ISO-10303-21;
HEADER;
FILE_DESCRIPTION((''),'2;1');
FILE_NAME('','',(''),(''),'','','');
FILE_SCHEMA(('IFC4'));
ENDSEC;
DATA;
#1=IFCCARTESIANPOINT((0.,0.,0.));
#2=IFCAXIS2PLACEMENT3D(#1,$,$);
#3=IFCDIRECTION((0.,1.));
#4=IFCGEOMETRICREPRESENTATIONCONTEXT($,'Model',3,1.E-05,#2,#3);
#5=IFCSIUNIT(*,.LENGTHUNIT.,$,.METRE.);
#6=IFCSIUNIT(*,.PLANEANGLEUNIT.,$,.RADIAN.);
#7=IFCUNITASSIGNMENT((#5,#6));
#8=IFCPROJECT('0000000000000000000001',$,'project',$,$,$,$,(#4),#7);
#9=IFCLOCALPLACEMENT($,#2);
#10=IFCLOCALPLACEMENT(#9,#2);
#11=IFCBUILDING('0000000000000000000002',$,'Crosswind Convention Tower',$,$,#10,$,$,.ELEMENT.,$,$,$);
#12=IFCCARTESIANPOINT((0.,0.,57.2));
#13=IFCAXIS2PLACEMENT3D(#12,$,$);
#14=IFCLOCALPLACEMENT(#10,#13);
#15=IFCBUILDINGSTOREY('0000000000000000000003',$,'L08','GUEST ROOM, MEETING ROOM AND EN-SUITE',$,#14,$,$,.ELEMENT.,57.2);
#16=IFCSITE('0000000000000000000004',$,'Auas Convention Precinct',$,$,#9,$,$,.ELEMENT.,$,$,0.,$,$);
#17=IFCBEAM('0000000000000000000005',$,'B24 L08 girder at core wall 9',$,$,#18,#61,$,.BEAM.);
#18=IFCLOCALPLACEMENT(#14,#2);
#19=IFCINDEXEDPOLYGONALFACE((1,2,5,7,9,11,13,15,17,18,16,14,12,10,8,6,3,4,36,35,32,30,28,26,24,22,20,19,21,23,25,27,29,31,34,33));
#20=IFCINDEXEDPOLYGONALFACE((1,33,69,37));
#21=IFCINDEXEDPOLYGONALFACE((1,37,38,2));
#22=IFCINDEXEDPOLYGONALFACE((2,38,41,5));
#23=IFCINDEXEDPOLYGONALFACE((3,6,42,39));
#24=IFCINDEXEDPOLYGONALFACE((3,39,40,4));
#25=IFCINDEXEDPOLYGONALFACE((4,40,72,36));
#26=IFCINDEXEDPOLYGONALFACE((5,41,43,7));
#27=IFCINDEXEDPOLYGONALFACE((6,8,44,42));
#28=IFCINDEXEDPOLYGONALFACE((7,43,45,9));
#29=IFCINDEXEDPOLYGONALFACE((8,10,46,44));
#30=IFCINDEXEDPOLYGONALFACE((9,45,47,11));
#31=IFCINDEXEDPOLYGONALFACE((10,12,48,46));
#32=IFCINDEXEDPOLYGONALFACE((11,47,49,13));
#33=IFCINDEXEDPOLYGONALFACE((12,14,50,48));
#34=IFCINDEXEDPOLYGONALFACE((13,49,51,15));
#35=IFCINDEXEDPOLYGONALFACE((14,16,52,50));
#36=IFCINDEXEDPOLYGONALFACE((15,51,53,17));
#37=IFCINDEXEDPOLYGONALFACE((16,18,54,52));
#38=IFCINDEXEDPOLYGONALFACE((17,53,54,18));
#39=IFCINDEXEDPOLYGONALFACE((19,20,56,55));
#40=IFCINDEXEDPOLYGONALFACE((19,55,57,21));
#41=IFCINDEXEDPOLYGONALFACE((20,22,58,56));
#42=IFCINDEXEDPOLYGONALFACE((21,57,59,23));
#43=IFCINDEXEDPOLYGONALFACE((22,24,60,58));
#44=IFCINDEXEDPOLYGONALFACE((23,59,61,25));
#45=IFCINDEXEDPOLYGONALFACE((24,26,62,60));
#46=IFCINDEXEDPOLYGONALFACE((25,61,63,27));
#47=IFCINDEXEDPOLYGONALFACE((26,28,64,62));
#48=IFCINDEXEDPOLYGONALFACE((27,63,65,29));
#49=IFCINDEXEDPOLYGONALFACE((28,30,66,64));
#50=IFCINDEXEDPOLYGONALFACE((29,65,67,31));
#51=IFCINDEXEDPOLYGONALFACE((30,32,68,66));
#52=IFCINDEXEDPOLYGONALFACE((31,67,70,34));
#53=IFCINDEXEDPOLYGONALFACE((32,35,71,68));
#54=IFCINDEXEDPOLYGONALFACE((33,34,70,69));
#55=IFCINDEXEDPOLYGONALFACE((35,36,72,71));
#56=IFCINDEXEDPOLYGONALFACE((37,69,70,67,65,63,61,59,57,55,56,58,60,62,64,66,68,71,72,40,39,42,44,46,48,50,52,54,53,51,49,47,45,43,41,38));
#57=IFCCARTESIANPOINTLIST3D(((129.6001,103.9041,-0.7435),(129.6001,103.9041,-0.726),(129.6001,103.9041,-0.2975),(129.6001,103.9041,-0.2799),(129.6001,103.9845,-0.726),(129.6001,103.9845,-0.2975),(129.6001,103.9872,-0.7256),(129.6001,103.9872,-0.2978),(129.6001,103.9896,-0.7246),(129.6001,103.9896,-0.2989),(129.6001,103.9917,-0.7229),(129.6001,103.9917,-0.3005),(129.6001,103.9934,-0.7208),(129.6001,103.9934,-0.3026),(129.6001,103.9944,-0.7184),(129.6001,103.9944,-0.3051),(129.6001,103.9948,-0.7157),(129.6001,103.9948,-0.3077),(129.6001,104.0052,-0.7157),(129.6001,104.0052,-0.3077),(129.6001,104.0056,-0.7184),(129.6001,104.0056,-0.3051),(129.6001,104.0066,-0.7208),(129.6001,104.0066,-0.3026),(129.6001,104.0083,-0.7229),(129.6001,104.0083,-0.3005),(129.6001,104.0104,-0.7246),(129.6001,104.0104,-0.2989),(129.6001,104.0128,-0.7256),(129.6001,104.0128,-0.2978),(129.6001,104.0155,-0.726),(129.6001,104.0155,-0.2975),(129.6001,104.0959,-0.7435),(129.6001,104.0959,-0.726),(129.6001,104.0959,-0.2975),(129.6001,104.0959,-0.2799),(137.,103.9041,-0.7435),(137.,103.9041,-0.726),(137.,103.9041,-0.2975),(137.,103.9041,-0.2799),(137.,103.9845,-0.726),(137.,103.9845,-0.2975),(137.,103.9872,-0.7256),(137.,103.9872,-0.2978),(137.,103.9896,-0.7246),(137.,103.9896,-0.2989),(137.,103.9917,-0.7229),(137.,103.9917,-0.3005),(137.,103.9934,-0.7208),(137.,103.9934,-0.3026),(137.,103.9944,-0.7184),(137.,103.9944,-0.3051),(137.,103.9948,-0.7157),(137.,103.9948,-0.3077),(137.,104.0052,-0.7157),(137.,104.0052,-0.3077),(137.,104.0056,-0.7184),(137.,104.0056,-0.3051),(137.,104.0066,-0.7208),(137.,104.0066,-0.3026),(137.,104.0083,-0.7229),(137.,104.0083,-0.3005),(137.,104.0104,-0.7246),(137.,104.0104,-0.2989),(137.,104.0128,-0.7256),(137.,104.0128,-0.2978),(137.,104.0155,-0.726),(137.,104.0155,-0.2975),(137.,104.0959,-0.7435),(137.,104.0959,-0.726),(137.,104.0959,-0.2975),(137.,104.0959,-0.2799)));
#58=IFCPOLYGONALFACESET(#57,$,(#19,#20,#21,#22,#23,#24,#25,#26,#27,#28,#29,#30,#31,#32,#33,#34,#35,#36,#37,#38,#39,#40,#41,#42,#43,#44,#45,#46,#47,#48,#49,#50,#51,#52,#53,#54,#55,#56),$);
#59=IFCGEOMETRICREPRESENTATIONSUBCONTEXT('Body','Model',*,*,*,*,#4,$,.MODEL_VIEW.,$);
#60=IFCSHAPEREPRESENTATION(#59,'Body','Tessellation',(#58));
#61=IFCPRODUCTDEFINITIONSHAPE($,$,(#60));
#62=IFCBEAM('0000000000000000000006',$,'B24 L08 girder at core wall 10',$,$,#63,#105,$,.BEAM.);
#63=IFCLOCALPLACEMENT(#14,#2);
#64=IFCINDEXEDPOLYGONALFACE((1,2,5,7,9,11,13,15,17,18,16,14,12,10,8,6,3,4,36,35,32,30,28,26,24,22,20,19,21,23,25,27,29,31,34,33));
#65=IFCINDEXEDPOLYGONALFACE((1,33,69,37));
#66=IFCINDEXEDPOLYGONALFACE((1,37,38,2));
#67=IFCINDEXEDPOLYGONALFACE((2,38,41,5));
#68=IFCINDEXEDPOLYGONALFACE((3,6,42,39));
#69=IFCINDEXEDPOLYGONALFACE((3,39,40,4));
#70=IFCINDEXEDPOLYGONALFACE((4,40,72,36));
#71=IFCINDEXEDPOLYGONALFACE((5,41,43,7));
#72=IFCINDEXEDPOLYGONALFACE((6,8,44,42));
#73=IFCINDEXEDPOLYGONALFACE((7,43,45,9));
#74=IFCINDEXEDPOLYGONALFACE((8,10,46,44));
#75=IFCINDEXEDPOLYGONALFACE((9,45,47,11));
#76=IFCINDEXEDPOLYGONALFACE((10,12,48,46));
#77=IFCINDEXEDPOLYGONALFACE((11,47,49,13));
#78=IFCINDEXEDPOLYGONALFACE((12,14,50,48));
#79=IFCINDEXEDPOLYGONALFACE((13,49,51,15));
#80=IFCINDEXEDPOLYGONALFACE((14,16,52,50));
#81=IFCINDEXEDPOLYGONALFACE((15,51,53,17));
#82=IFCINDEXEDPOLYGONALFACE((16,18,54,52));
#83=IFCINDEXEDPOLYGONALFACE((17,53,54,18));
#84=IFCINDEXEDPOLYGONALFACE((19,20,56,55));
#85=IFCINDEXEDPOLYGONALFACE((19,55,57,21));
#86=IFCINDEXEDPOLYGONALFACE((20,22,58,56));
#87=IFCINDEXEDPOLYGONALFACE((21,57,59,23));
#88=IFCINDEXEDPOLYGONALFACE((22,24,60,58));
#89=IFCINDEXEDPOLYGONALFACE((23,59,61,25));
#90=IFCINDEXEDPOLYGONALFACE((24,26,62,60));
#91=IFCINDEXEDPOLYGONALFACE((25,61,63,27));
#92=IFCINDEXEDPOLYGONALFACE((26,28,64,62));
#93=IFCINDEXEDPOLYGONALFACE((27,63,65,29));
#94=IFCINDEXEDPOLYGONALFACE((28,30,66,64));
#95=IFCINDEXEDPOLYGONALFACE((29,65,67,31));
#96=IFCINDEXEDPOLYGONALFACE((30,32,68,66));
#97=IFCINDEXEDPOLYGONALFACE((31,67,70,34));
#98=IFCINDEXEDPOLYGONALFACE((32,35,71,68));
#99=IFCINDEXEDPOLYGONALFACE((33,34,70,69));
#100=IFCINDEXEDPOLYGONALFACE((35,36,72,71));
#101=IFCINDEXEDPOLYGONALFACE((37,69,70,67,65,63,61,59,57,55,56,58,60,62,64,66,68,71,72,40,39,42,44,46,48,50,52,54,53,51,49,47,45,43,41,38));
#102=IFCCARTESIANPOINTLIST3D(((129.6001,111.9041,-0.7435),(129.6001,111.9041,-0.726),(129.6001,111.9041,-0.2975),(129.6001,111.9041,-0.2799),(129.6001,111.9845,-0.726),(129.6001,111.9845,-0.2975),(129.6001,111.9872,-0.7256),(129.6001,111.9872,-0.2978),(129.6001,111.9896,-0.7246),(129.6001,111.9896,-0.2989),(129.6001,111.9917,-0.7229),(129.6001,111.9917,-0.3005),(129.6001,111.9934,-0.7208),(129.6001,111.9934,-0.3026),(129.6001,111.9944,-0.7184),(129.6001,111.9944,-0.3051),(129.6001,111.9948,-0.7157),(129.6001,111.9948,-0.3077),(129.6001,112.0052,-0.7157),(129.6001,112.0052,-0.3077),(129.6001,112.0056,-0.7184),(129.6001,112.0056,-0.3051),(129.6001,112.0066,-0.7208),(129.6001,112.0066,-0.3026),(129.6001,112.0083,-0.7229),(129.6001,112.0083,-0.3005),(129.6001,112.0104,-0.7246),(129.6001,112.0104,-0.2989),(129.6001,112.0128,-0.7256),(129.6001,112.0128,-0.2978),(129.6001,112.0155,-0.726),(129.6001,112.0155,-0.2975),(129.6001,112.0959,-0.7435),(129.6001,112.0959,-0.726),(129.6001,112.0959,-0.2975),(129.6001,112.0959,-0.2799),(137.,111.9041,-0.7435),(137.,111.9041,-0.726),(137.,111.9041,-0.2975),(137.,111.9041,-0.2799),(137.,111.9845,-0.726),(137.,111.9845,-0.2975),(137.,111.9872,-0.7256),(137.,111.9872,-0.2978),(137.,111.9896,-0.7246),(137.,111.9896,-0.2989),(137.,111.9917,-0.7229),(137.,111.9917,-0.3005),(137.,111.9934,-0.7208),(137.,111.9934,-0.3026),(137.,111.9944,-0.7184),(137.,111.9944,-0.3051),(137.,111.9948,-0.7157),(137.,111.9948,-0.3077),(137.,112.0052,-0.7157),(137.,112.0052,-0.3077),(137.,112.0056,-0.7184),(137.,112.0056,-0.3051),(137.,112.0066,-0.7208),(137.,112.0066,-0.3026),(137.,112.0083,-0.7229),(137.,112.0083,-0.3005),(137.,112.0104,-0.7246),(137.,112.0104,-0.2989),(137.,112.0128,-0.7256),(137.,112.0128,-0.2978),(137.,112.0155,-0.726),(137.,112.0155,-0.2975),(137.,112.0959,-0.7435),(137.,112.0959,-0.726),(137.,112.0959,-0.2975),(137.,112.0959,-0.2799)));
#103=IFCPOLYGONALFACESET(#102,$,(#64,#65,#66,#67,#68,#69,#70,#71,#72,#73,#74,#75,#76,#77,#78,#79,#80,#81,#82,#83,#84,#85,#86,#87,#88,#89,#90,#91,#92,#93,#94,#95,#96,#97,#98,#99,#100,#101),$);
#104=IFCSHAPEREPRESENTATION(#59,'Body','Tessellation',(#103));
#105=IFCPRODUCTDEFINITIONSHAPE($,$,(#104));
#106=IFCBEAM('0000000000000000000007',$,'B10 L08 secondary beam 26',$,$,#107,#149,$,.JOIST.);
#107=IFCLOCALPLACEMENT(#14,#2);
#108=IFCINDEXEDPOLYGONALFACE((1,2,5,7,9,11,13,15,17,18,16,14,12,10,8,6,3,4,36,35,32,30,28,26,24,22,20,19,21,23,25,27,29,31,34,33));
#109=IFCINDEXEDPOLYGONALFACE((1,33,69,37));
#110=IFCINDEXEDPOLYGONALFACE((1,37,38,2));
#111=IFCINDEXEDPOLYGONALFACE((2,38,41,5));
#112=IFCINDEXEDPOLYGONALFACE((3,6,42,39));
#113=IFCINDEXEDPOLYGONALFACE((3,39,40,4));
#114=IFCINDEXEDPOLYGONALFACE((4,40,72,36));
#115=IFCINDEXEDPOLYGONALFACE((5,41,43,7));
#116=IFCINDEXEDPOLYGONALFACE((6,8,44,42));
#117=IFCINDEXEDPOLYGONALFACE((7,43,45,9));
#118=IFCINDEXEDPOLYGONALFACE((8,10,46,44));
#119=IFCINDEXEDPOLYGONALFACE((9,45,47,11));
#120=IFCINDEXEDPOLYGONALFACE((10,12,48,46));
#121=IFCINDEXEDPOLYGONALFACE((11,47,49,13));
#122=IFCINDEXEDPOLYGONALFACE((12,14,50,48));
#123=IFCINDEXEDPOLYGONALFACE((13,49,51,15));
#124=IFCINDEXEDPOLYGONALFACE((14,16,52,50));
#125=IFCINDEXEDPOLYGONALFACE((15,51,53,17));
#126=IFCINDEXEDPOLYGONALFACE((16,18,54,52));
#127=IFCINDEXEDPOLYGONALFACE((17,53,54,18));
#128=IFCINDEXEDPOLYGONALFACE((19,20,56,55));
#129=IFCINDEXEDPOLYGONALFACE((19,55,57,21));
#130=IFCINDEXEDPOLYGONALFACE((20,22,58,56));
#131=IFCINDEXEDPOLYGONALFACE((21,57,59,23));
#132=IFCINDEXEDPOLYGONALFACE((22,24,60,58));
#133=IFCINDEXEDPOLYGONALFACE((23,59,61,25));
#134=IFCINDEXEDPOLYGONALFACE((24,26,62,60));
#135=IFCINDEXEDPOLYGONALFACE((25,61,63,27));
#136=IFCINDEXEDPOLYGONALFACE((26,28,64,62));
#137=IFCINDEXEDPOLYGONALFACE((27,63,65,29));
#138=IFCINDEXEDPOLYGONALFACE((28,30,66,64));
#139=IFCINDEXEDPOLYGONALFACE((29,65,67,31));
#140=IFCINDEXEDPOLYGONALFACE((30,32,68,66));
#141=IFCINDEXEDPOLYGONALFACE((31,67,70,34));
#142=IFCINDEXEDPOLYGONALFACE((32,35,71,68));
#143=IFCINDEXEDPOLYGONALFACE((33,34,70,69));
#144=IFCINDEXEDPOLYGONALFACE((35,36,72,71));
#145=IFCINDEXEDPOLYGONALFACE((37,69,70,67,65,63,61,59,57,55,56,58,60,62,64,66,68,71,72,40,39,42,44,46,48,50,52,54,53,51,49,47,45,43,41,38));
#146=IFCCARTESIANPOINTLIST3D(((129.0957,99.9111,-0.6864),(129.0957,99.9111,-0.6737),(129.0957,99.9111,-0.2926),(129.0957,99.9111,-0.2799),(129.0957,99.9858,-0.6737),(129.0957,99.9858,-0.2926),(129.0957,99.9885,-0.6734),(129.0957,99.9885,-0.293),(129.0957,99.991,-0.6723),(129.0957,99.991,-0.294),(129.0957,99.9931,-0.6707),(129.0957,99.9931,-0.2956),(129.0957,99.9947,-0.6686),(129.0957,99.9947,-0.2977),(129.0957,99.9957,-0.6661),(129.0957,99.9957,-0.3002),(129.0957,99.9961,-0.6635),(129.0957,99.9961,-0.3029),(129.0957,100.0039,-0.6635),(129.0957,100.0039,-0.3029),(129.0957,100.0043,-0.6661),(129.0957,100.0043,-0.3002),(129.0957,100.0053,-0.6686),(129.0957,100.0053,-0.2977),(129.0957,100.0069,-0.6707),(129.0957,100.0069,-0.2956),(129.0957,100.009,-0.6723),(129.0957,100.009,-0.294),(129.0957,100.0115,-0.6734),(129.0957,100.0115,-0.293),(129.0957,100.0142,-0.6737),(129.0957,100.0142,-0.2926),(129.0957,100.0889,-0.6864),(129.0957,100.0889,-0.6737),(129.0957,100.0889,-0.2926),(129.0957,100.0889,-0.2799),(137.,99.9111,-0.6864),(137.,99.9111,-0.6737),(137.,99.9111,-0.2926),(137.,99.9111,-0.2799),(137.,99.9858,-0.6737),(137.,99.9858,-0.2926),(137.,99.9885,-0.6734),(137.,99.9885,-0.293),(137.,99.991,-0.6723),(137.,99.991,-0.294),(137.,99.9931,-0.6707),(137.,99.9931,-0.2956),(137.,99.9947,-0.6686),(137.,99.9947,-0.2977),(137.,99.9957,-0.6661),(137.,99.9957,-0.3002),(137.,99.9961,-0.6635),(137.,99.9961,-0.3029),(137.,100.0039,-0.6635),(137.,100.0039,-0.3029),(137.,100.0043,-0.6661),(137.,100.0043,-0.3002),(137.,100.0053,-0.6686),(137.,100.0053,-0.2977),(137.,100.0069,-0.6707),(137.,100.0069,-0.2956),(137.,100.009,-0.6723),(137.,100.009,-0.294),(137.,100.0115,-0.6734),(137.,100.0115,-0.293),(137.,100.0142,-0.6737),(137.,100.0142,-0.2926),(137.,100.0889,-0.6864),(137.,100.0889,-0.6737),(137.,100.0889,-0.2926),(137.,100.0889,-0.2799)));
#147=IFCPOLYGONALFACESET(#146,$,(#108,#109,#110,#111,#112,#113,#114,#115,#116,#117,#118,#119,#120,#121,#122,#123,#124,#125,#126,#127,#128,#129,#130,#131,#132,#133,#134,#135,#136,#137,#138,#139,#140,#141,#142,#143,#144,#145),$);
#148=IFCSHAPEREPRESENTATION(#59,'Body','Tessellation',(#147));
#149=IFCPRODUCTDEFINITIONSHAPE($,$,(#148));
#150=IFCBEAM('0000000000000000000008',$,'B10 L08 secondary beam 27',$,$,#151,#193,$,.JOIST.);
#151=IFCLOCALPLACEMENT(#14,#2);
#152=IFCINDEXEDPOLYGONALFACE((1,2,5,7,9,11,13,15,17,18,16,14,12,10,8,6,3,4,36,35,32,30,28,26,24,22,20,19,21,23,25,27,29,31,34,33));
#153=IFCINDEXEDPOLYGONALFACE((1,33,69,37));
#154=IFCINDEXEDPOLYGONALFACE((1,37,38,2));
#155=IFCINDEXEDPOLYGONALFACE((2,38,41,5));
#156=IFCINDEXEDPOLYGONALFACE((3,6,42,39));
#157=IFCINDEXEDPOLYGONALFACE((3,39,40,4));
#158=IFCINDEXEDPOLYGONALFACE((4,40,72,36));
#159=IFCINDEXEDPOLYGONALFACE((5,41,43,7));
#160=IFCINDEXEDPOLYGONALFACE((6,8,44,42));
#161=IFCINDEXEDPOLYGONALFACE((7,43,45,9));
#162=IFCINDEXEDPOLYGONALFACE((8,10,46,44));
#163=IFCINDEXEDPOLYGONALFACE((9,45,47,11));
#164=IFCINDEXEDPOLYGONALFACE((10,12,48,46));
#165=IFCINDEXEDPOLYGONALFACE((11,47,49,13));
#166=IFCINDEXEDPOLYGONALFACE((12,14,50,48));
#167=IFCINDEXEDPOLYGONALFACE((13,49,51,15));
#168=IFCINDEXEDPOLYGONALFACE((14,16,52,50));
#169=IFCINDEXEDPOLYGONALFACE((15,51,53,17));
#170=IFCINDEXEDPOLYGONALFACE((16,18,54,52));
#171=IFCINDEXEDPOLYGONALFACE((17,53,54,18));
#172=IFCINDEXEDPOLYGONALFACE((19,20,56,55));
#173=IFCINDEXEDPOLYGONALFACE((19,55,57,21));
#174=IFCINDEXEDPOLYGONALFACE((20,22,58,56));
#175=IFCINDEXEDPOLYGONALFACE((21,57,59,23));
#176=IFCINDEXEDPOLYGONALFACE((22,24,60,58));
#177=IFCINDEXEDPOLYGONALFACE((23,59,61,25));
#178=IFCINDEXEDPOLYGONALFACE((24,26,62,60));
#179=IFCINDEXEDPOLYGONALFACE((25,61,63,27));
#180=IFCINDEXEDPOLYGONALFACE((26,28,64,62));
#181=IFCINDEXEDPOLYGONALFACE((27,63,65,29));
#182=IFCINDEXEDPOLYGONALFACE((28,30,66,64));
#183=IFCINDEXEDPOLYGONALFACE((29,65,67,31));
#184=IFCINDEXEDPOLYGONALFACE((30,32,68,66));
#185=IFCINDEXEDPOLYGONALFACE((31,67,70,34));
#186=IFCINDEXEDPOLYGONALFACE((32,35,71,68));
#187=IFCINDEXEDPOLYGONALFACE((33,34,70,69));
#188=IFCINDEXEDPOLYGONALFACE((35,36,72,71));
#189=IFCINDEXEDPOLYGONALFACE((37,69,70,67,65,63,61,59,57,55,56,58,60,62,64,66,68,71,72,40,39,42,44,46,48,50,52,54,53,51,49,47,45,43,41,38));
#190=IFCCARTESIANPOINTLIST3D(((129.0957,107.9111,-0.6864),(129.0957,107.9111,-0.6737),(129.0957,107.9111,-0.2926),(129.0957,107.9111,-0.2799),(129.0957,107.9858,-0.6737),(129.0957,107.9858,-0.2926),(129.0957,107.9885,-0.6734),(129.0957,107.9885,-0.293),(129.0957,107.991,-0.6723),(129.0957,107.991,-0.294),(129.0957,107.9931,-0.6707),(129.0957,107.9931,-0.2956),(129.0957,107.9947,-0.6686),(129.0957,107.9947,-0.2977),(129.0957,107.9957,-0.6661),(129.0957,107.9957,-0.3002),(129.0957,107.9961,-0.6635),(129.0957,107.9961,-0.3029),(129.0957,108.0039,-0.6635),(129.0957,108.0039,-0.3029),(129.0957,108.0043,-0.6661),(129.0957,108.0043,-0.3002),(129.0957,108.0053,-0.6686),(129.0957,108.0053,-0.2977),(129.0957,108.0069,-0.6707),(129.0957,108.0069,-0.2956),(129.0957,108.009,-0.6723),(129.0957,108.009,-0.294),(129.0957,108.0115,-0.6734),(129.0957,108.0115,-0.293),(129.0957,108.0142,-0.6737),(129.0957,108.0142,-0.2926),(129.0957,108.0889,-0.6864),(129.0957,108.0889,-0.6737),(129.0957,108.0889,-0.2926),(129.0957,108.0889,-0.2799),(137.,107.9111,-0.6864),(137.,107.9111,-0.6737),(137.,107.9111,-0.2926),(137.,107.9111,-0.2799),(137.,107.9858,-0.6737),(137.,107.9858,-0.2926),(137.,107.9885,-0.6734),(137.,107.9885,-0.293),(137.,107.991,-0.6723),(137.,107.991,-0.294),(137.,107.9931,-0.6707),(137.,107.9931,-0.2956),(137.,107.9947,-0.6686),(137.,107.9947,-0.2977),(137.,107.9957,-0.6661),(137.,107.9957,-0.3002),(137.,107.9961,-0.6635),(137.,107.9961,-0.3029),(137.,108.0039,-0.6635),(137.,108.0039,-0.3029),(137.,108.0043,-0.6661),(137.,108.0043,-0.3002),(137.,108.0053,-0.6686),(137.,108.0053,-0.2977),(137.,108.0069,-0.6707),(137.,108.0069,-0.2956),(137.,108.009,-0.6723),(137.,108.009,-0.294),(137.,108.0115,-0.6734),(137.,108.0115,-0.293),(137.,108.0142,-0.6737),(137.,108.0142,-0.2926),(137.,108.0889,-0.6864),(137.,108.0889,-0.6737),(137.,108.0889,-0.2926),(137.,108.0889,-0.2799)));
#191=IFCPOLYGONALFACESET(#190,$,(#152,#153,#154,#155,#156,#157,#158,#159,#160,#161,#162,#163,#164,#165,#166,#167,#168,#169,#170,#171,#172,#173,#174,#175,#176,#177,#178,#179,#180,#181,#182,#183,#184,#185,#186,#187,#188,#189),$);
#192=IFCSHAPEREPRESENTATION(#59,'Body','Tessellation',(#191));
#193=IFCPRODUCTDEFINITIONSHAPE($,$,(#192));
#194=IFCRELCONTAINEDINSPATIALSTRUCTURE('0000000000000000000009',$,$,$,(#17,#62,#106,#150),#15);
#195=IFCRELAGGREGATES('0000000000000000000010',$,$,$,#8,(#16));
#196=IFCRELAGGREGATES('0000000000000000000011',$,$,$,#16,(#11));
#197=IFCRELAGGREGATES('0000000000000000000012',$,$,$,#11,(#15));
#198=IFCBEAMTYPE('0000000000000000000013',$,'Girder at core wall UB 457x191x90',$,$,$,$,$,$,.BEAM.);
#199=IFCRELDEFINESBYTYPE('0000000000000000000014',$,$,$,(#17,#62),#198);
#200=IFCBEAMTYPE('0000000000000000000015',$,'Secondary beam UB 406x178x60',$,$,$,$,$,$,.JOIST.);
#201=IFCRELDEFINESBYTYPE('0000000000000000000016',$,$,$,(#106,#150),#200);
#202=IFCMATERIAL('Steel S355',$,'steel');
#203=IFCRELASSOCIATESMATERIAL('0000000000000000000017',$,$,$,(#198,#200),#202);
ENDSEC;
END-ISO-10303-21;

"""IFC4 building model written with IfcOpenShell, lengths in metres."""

from ifc_helpers import new_model, si_unit, direction, frame, origin, origin_2d, place, context, subcontext, project, spatial, i_section, extrude, material, material_profile, profile_set, type_object, element, save


model = new_model("IFC4")

# Units and contexts
model_context = context("Model", 3, precision=1e-05, world=origin(), true_north=direction((0.0, 1.0)))
body_context = subcontext(model_context, "Body", "Model", "MODEL_VIEW")
ifc_project = project(units=[si_unit("LENGTHUNIT", "METRE"), si_unit("PLANEANGLEUNIT", "RADIAN")], contexts=[model_context])

# Site, building, storey
site_placement = place(None, origin())
site = spatial("IfcSite", under=ifc_project, at=site_placement, Name="Auas Convention Precinct", CompositionType="ELEMENT", RefElevation=0.0)
building_placement = place(site_placement, origin())
building = spatial("IfcBuilding", under=site, at=building_placement, Name="Crosswind Convention Tower", CompositionType="ELEMENT")
storey_placement = place(building_placement, frame((0.0, 0.0, 57.2)))
storey = spatial("IfcBuildingStorey", under=building, at=storey_placement, Name="L08", Description="GUEST ROOM, MEETING ROOM AND EN-SUITE", CompositionType="ELEMENT", Elevation=57.2)

# Beams
ifc_material_1 = material(Name="Steel S355", Category="steel")
ifc_material_profile_1 = material_profile(ifc_material_1, i_section(OverallWidth=0.1919, OverallDepth=0.4636, WebThickness=0.0105, FlangeThickness=0.0176, FilletRadius=0.0103, at=origin_2d()), Name="UB 457x191x90")
ifc_profile_set_1 = profile_set([ifc_material_profile_1], Name="Steel S355")
beam_type_1 = type_object("IfcBeamType", Name="Girder at core wall UB 457x191x90", PredefinedType="BEAM", material=ifc_profile_set_1)
for number, where, z_axis, x_axis, name in (
    (1, (129.6001, 104.0, -0.5117), (1.0, 0.0, 0.0), (0.0, 1.0, 0.0), "B24 L08 girder at core wall 9"),
    (2, (129.6001, 112.0, -0.5117), (1.0, 0.0, 0.0), (0.0, 1.0, 0.0), "B24 L08 girder at core wall 10"),
):
    element("IfcBeam", number, at=place(storey_placement, frame(where, z_axis=z_axis, x_axis=x_axis)), inside=storey, type_object=beam_type_1, Name=name, PredefinedType="BEAM", context=body_context, shape_type="SweptSolid", body=[
        extrude(i_section(OverallWidth=0.1919, OverallDepth=0.4636, WebThickness=0.0105, FlangeThickness=0.0176, FilletRadius=0.0103, at=origin_2d()), origin(), (0.0, 0.0, 1.0), 7.3999),
    ])
ifc_material_profile_2 = material_profile(ifc_material_1, i_section(OverallWidth=0.1777, OverallDepth=0.4065, WebThickness=0.0078, FlangeThickness=0.0127, FilletRadius=0.0103, at=origin_2d()), Name="UB 406x178x60")
ifc_profile_set_2 = profile_set([ifc_material_profile_2], Name="Steel S355")
beam_type_2 = type_object("IfcBeamType", Name="Secondary beam UB 406x178x60", PredefinedType="JOIST", material=ifc_profile_set_2)
for number, where, z_axis, x_axis, name in (
    (3, (129.0957, 100.0, -0.4832), (1.0, 0.0, 0.0), (0.0, 1.0, 0.0), "B10 L08 secondary beam 26"),
    (4, (129.0957, 108.0, -0.4832), (1.0, 0.0, 0.0), (0.0, 1.0, 0.0), "B10 L08 secondary beam 27"),
):
    element("IfcBeam", number, at=place(storey_placement, frame(where, z_axis=z_axis, x_axis=x_axis)), inside=storey, type_object=beam_type_2, Name=name, PredefinedType="JOIST", context=body_context, shape_type="SweptSolid", body=[
        extrude(i_section(OverallWidth=0.1777, OverallDepth=0.4065, WebThickness=0.0078, FlangeThickness=0.0127, FilletRadius=0.0103, at=origin_2d()), origin(), (0.0, 0.0, 1.0), 7.9043),
    ])

save(model, "model.ifc")
